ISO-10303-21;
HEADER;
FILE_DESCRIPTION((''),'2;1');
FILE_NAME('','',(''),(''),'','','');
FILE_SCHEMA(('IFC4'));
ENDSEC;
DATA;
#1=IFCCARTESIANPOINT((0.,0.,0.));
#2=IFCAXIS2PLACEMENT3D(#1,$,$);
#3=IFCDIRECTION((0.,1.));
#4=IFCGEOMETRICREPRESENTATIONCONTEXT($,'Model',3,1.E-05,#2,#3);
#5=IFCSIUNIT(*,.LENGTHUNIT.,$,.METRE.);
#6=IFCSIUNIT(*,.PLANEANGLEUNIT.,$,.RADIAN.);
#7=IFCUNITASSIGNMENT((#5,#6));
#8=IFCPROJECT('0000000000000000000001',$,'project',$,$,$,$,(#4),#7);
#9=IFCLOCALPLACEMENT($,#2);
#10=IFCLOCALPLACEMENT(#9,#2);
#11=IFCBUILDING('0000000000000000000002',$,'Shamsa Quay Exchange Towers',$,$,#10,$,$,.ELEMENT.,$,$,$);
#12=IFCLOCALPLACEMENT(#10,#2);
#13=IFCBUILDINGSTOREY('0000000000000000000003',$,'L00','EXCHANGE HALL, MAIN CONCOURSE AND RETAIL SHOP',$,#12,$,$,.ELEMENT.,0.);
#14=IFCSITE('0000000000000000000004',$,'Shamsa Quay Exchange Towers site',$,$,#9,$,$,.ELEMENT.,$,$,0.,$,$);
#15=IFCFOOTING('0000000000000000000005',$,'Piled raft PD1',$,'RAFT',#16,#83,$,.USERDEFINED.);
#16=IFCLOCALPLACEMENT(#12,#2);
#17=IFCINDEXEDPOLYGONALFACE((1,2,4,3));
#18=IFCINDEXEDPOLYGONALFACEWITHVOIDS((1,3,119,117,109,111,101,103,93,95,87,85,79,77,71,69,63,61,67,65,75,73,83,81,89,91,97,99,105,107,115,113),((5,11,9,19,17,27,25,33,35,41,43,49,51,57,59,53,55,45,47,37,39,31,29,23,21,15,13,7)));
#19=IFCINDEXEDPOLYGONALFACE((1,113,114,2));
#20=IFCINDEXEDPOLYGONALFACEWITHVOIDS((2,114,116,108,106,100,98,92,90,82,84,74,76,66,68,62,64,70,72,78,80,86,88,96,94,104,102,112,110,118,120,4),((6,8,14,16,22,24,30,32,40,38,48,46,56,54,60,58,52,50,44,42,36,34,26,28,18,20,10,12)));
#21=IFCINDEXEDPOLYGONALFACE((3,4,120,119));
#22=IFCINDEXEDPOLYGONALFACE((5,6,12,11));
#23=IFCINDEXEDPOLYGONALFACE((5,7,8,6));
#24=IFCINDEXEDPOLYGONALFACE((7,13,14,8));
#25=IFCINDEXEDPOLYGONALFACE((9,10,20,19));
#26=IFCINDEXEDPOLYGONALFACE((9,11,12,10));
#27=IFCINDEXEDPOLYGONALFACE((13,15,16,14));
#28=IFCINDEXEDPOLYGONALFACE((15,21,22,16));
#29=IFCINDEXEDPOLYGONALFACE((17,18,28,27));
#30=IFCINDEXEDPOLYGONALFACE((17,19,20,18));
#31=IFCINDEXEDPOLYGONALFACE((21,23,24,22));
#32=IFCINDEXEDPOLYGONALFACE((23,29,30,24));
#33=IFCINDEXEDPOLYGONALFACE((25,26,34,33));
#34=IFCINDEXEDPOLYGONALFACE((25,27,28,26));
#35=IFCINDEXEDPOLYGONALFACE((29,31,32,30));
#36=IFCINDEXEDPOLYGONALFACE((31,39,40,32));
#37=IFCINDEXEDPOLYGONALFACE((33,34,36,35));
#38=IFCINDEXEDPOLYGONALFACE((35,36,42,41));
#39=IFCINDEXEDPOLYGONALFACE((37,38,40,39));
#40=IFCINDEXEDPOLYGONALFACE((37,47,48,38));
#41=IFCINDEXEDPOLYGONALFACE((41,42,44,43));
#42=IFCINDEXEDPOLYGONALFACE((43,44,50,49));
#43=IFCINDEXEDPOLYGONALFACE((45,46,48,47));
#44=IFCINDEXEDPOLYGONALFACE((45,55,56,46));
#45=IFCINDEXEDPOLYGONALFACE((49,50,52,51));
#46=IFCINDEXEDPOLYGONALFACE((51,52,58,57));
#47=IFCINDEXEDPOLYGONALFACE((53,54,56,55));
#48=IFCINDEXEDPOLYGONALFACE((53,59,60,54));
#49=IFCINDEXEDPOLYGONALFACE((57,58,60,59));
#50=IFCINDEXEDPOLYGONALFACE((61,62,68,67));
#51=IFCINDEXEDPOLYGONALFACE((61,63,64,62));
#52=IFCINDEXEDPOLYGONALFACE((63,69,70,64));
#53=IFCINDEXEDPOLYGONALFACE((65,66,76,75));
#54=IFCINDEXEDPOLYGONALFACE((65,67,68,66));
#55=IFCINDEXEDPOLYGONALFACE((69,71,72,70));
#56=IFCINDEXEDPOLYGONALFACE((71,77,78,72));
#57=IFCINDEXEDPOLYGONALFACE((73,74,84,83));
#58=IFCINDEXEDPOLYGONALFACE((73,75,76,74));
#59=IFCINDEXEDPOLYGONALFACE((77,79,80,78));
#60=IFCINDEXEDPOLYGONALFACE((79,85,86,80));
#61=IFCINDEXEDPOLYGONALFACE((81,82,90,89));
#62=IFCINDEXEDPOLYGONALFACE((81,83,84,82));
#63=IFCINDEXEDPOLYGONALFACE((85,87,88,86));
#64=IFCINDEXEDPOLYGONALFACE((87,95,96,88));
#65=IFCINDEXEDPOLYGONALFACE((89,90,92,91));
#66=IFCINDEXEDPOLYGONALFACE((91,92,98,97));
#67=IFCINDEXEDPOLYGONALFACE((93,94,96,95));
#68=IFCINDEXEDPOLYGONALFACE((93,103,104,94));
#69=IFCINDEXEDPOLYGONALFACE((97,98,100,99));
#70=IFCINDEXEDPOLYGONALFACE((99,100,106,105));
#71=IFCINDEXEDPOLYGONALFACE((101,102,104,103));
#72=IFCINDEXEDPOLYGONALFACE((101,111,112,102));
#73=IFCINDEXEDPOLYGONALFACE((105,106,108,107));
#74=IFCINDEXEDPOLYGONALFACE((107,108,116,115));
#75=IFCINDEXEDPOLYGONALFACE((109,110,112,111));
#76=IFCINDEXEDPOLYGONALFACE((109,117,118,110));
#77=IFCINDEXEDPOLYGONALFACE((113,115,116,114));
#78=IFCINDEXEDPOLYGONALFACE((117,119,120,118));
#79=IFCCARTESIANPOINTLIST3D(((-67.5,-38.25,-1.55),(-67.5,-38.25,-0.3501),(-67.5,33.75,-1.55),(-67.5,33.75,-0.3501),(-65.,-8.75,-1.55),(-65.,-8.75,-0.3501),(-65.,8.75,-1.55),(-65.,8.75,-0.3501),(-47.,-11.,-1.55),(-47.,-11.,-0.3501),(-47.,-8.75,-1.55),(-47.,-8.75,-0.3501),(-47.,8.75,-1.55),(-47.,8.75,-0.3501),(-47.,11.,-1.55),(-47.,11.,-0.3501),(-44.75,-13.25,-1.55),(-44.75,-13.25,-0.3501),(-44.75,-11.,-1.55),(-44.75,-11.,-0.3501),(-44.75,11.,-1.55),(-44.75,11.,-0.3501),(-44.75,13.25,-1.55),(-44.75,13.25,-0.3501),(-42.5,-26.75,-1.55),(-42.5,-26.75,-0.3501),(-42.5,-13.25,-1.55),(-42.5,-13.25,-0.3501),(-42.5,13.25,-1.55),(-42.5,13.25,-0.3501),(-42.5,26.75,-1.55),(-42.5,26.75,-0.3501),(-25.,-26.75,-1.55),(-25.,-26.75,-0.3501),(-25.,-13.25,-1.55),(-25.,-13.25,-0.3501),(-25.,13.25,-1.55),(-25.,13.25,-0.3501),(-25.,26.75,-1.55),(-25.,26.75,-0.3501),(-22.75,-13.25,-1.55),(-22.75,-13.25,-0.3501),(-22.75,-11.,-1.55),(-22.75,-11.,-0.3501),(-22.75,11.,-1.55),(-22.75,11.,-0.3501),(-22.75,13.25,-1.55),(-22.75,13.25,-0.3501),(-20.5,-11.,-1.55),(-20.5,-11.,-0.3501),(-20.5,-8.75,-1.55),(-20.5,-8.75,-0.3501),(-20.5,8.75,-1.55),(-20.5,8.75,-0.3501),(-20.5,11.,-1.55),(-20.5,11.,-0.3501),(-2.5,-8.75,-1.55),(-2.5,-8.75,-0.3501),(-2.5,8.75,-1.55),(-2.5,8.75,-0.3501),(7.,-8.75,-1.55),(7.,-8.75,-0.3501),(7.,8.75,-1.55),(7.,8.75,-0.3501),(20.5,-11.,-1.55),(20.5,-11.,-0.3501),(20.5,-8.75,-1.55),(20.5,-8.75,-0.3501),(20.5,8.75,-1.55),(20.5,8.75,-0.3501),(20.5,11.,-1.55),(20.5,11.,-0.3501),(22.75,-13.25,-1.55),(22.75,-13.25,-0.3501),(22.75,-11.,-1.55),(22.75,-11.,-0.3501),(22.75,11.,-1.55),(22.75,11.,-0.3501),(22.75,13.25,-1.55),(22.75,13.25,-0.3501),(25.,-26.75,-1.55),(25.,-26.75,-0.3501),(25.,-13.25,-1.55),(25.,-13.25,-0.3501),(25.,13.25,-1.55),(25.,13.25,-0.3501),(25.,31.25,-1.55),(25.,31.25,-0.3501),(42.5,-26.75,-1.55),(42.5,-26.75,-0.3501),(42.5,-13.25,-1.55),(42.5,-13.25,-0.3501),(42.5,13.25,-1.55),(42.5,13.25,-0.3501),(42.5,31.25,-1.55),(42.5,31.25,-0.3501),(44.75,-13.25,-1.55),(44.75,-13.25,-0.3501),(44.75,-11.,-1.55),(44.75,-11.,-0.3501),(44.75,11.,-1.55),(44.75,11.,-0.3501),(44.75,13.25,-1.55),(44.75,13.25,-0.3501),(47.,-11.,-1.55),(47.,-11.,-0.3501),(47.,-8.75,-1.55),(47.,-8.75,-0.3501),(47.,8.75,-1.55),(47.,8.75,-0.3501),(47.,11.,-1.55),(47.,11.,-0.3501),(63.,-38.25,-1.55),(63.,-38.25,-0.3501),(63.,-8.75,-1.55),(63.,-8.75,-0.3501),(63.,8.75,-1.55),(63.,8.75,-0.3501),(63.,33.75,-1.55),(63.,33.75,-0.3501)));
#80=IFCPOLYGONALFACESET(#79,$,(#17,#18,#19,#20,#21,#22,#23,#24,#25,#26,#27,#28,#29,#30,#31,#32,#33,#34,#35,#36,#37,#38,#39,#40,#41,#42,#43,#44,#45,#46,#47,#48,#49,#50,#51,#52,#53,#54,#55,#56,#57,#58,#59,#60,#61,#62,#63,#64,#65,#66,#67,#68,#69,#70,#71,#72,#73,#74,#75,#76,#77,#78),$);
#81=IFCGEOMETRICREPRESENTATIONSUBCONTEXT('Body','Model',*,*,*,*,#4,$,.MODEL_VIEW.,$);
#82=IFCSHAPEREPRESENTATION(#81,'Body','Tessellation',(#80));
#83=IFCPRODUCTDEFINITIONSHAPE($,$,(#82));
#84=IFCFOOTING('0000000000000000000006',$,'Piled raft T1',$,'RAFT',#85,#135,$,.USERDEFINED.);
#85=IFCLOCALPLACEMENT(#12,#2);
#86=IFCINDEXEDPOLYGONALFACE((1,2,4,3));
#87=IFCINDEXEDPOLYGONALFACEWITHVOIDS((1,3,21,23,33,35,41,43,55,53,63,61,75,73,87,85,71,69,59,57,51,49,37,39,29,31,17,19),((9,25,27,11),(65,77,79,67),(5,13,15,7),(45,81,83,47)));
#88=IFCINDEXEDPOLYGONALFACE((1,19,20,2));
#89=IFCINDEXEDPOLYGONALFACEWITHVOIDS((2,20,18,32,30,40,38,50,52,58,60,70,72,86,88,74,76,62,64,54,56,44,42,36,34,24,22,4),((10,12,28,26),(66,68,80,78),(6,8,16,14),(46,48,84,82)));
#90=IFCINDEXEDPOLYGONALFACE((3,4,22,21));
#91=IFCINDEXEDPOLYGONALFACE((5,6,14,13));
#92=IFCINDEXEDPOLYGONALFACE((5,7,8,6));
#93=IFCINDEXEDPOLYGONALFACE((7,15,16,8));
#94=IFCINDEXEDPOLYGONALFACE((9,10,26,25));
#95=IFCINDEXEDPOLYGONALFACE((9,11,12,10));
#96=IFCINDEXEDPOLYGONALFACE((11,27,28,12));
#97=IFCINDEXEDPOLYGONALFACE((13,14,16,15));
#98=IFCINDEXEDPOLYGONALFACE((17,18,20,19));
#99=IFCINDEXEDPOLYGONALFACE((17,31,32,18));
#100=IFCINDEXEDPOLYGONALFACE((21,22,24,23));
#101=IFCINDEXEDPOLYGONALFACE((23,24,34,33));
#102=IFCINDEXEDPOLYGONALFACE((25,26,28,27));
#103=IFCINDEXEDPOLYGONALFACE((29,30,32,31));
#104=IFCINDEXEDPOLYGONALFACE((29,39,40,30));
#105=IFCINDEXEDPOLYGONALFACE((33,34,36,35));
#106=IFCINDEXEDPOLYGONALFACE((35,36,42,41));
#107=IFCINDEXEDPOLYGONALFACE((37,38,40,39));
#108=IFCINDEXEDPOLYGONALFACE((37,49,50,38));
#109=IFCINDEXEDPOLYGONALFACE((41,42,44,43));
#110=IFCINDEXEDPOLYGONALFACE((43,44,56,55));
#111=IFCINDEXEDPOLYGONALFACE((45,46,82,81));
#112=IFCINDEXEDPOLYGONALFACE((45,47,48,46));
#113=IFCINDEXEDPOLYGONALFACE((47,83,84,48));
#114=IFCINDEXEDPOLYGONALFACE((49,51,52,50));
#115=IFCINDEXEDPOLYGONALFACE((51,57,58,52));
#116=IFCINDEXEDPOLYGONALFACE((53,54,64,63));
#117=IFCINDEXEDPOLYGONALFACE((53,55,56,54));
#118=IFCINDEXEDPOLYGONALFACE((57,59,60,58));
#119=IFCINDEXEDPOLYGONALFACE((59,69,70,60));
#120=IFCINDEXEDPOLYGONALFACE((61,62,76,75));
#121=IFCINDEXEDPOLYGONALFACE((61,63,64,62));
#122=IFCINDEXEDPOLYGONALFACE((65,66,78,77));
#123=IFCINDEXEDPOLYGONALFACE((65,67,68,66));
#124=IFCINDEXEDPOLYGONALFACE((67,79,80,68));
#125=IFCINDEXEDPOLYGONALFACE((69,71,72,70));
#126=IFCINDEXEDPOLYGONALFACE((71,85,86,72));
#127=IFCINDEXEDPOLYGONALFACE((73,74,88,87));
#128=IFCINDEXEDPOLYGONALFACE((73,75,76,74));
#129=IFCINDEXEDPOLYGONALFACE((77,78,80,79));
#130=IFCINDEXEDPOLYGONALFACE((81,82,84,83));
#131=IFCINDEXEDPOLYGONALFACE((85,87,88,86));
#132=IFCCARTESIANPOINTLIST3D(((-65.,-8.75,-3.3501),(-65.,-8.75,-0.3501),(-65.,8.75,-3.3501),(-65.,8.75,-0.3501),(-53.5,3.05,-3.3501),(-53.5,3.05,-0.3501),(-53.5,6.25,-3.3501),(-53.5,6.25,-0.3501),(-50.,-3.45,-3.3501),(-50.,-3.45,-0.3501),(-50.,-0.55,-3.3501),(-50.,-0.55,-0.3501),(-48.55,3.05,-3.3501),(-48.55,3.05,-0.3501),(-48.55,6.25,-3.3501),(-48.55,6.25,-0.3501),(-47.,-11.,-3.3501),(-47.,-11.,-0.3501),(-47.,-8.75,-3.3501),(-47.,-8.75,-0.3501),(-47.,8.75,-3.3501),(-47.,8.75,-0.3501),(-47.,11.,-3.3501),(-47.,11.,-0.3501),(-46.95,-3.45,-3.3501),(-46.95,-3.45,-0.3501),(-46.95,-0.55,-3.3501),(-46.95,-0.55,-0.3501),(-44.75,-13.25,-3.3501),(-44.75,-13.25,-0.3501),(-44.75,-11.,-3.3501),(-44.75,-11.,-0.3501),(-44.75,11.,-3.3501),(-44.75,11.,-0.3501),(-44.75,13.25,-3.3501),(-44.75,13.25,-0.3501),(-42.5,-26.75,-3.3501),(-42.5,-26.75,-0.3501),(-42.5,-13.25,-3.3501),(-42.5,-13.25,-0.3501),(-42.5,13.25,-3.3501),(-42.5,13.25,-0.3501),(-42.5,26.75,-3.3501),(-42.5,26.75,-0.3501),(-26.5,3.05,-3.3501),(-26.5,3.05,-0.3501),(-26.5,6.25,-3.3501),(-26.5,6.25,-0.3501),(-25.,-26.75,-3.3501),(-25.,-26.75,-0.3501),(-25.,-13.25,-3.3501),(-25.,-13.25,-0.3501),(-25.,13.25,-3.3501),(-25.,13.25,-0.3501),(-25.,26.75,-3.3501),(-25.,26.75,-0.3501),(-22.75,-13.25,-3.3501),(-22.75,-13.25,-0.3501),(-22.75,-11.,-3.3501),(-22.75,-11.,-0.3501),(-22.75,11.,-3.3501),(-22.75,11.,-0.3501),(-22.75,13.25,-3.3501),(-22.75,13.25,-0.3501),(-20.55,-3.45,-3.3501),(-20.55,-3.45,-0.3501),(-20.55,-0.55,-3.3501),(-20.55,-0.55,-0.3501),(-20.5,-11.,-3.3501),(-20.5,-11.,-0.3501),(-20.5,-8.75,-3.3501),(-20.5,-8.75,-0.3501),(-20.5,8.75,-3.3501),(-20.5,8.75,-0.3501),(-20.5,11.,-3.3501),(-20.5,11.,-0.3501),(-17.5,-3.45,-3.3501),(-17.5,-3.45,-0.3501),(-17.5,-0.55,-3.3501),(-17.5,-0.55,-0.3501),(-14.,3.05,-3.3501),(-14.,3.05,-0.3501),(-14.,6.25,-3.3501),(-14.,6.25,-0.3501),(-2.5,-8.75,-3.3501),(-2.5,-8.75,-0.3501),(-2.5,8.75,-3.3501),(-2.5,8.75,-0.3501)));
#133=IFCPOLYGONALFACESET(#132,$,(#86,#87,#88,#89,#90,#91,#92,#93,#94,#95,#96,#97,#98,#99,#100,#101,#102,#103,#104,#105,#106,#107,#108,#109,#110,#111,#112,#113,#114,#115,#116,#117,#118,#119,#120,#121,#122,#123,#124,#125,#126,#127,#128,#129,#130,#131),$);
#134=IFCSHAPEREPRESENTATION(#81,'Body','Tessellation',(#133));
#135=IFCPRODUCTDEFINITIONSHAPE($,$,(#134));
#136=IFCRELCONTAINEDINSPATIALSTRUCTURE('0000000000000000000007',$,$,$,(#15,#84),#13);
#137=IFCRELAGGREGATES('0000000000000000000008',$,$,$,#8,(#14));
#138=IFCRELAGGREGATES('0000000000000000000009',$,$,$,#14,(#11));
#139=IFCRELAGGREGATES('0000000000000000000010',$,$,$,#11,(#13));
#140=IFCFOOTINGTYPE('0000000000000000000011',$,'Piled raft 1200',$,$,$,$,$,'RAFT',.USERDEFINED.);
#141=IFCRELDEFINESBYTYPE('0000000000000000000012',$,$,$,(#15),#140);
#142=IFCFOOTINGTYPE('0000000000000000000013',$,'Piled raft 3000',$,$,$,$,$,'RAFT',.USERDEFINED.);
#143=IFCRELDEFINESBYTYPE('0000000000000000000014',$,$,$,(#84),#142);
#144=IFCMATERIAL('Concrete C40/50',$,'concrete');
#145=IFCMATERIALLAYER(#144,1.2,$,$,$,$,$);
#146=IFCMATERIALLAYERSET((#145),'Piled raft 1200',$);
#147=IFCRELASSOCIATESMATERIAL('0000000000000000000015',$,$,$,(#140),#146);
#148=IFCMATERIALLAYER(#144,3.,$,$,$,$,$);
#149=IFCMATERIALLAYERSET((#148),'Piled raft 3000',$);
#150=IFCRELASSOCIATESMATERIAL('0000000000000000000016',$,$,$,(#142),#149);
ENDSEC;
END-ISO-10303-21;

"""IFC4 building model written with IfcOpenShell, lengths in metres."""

from ifc_helpers import new_model, si_unit, direction, frame, origin, place, context, subcontext, project, spatial, polyline, outline, extrude, material, layer, layer_set, type_object, element, save


model = new_model("IFC4")

# Units and contexts
model_context = context("Model", 3, precision=1e-05, world=origin(), true_north=direction((0.0, 1.0)))
body_context = subcontext(model_context, "Body", "Model", "MODEL_VIEW")
ifc_project = project(units=[si_unit("LENGTHUNIT", "METRE"), si_unit("PLANEANGLEUNIT", "RADIAN")], contexts=[model_context])

# Site, building, storey
site_placement = place(None, origin())
site = spatial("IfcSite", under=ifc_project, at=site_placement, Name="Shamsa Quay Exchange Towers site", CompositionType="ELEMENT", RefElevation=0.0)
building_placement = place(site_placement, origin())
building = spatial("IfcBuilding", under=site, at=building_placement, Name="Shamsa Quay Exchange Towers", CompositionType="ELEMENT")
storey_placement = place(building_placement, origin())
storey = spatial("IfcBuildingStorey", under=building, at=storey_placement, Name="L00", Description="EXCHANGE HALL, MAIN CONCOURSE AND RETAIL SHOP", CompositionType="ELEMENT", Elevation=0.0)

# Shared definitions
ifc_material_1 = material(Name="Concrete C40/50", Category="concrete")

# Footings
ifc_layer_1 = layer(ifc_material_1, 1.2)
ifc_layer_set_1 = layer_set([ifc_layer_1], Name="Piled raft 1200")
footing_type_1 = type_object("IfcFootingType", Name="Piled raft 1200", ElementType="RAFT", PredefinedType="USERDEFINED", material=ifc_layer_set_1)
footing_1_placement = place(storey_placement, frame((0.0, 0.0, -1.55)))
element("IfcFooting", 1, at=footing_1_placement, inside=storey, type_object=footing_type_1, Name="Piled raft PD1", ObjectType="RAFT", PredefinedType="USERDEFINED", context=body_context, shape_type="SweptSolid", body=[
    extrude(outline(polyline([(63.0, -38.25), (63.0, -8.75), (47.0, -8.75), (47.0, -11.0), (44.75, -11.0), (44.75, -13.25), (42.5, -13.25), (42.5, -26.75), (25.0, -26.75), (25.0, -13.25), (22.75, -13.25), (22.75, -11.0), (20.5, -11.0), (20.5, -8.75), (7.0, -8.75), (7.0, 8.75), (20.5, 8.75), (20.5, 11.0), (22.75, 11.0), (22.75, 13.25), (25.0, 13.25), (25.0, 31.25), (42.5, 31.25), (42.5, 13.25), (44.75, 13.25), (44.75, 11.0), (47.0, 11.0), (47.0, 8.75), (63.0, 8.75), (63.0, 33.75), (-67.5, 33.75), (-67.5, -38.25), (63.0, -38.25)]), holes=[polyline([(-44.75, -11.0), (-44.75, -13.25), (-42.5, -13.25), (-42.5, -26.75), (-25.0, -26.75), (-25.0, -13.25), (-22.75, -13.25), (-22.75, -11.0), (-20.5, -11.0), (-20.5, -8.75), (-2.5, -8.75), (-2.5, 8.75), (-20.5, 8.75), (-20.5, 11.0), (-22.75, 11.0), (-22.75, 13.25), (-25.0, 13.25), (-25.0, 26.75), (-42.5, 26.75), (-42.5, 13.25), (-44.75, 13.25), (-44.75, 11.0), (-47.0, 11.0), (-47.0, 8.75), (-65.0, 8.75), (-65.0, -8.75), (-47.0, -8.75), (-47.0, -11.0), (-44.75, -11.0)])]), origin(), (0.0, 0.0, 1.0), 1.2),
])
ifc_layer_2 = layer(ifc_material_1, 3.0)
ifc_layer_set_2 = layer_set([ifc_layer_2], Name="Piled raft 3000")
footing_type_2 = type_object("IfcFootingType", Name="Piled raft 3000", ElementType="RAFT", PredefinedType="USERDEFINED", material=ifc_layer_set_2)
footing_2_placement = place(storey_placement, frame((0.0, 0.0, -3.3501)))
element("IfcFooting", 2, at=footing_2_placement, inside=storey, type_object=footing_type_2, Name="Piled raft T1", ObjectType="RAFT", PredefinedType="USERDEFINED", context=body_context, shape_type="SweptSolid", body=[
    extrude(outline(polyline([(-47.0, -11.0), (-44.75, -11.0), (-44.75, -13.25), (-42.5, -13.25), (-42.5, -26.75), (-25.0, -26.75), (-25.0, -13.25), (-22.75, -13.25), (-22.75, -11.0), (-20.5, -11.0), (-20.5, -8.75), (-2.5, -8.75), (-2.5, 8.75), (-20.5, 8.75), (-20.5, 11.0), (-22.75, 11.0), (-22.75, 13.25), (-25.0, 13.25), (-25.0, 26.75), (-42.5, 26.75), (-42.5, 13.25), (-44.75, 13.25), (-44.75, 11.0), (-47.0, 11.0), (-47.0, 8.75), (-65.0, 8.75), (-65.0, -8.75), (-47.0, -8.75), (-47.0, -11.0)]), holes=[polyline([(-46.95, -0.55), (-50.0, -0.55), (-50.0, -3.45), (-46.95, -3.45), (-46.95, -0.55)]), polyline([(-20.55, -3.45), (-17.5, -3.45), (-17.5, -0.55), (-20.55, -0.55), (-20.55, -3.45)]), polyline([(-48.55, 6.25), (-53.5, 6.25), (-53.5, 3.05), (-48.55, 3.05), (-48.55, 6.25)]), polyline([(-14.0, 3.05), (-14.0, 6.25), (-26.5, 6.25), (-26.5, 3.05), (-14.0, 3.05)])]), origin(), (0.0, 0.0, 1.0), 3.0),
])

save(model, "model.ifc")
